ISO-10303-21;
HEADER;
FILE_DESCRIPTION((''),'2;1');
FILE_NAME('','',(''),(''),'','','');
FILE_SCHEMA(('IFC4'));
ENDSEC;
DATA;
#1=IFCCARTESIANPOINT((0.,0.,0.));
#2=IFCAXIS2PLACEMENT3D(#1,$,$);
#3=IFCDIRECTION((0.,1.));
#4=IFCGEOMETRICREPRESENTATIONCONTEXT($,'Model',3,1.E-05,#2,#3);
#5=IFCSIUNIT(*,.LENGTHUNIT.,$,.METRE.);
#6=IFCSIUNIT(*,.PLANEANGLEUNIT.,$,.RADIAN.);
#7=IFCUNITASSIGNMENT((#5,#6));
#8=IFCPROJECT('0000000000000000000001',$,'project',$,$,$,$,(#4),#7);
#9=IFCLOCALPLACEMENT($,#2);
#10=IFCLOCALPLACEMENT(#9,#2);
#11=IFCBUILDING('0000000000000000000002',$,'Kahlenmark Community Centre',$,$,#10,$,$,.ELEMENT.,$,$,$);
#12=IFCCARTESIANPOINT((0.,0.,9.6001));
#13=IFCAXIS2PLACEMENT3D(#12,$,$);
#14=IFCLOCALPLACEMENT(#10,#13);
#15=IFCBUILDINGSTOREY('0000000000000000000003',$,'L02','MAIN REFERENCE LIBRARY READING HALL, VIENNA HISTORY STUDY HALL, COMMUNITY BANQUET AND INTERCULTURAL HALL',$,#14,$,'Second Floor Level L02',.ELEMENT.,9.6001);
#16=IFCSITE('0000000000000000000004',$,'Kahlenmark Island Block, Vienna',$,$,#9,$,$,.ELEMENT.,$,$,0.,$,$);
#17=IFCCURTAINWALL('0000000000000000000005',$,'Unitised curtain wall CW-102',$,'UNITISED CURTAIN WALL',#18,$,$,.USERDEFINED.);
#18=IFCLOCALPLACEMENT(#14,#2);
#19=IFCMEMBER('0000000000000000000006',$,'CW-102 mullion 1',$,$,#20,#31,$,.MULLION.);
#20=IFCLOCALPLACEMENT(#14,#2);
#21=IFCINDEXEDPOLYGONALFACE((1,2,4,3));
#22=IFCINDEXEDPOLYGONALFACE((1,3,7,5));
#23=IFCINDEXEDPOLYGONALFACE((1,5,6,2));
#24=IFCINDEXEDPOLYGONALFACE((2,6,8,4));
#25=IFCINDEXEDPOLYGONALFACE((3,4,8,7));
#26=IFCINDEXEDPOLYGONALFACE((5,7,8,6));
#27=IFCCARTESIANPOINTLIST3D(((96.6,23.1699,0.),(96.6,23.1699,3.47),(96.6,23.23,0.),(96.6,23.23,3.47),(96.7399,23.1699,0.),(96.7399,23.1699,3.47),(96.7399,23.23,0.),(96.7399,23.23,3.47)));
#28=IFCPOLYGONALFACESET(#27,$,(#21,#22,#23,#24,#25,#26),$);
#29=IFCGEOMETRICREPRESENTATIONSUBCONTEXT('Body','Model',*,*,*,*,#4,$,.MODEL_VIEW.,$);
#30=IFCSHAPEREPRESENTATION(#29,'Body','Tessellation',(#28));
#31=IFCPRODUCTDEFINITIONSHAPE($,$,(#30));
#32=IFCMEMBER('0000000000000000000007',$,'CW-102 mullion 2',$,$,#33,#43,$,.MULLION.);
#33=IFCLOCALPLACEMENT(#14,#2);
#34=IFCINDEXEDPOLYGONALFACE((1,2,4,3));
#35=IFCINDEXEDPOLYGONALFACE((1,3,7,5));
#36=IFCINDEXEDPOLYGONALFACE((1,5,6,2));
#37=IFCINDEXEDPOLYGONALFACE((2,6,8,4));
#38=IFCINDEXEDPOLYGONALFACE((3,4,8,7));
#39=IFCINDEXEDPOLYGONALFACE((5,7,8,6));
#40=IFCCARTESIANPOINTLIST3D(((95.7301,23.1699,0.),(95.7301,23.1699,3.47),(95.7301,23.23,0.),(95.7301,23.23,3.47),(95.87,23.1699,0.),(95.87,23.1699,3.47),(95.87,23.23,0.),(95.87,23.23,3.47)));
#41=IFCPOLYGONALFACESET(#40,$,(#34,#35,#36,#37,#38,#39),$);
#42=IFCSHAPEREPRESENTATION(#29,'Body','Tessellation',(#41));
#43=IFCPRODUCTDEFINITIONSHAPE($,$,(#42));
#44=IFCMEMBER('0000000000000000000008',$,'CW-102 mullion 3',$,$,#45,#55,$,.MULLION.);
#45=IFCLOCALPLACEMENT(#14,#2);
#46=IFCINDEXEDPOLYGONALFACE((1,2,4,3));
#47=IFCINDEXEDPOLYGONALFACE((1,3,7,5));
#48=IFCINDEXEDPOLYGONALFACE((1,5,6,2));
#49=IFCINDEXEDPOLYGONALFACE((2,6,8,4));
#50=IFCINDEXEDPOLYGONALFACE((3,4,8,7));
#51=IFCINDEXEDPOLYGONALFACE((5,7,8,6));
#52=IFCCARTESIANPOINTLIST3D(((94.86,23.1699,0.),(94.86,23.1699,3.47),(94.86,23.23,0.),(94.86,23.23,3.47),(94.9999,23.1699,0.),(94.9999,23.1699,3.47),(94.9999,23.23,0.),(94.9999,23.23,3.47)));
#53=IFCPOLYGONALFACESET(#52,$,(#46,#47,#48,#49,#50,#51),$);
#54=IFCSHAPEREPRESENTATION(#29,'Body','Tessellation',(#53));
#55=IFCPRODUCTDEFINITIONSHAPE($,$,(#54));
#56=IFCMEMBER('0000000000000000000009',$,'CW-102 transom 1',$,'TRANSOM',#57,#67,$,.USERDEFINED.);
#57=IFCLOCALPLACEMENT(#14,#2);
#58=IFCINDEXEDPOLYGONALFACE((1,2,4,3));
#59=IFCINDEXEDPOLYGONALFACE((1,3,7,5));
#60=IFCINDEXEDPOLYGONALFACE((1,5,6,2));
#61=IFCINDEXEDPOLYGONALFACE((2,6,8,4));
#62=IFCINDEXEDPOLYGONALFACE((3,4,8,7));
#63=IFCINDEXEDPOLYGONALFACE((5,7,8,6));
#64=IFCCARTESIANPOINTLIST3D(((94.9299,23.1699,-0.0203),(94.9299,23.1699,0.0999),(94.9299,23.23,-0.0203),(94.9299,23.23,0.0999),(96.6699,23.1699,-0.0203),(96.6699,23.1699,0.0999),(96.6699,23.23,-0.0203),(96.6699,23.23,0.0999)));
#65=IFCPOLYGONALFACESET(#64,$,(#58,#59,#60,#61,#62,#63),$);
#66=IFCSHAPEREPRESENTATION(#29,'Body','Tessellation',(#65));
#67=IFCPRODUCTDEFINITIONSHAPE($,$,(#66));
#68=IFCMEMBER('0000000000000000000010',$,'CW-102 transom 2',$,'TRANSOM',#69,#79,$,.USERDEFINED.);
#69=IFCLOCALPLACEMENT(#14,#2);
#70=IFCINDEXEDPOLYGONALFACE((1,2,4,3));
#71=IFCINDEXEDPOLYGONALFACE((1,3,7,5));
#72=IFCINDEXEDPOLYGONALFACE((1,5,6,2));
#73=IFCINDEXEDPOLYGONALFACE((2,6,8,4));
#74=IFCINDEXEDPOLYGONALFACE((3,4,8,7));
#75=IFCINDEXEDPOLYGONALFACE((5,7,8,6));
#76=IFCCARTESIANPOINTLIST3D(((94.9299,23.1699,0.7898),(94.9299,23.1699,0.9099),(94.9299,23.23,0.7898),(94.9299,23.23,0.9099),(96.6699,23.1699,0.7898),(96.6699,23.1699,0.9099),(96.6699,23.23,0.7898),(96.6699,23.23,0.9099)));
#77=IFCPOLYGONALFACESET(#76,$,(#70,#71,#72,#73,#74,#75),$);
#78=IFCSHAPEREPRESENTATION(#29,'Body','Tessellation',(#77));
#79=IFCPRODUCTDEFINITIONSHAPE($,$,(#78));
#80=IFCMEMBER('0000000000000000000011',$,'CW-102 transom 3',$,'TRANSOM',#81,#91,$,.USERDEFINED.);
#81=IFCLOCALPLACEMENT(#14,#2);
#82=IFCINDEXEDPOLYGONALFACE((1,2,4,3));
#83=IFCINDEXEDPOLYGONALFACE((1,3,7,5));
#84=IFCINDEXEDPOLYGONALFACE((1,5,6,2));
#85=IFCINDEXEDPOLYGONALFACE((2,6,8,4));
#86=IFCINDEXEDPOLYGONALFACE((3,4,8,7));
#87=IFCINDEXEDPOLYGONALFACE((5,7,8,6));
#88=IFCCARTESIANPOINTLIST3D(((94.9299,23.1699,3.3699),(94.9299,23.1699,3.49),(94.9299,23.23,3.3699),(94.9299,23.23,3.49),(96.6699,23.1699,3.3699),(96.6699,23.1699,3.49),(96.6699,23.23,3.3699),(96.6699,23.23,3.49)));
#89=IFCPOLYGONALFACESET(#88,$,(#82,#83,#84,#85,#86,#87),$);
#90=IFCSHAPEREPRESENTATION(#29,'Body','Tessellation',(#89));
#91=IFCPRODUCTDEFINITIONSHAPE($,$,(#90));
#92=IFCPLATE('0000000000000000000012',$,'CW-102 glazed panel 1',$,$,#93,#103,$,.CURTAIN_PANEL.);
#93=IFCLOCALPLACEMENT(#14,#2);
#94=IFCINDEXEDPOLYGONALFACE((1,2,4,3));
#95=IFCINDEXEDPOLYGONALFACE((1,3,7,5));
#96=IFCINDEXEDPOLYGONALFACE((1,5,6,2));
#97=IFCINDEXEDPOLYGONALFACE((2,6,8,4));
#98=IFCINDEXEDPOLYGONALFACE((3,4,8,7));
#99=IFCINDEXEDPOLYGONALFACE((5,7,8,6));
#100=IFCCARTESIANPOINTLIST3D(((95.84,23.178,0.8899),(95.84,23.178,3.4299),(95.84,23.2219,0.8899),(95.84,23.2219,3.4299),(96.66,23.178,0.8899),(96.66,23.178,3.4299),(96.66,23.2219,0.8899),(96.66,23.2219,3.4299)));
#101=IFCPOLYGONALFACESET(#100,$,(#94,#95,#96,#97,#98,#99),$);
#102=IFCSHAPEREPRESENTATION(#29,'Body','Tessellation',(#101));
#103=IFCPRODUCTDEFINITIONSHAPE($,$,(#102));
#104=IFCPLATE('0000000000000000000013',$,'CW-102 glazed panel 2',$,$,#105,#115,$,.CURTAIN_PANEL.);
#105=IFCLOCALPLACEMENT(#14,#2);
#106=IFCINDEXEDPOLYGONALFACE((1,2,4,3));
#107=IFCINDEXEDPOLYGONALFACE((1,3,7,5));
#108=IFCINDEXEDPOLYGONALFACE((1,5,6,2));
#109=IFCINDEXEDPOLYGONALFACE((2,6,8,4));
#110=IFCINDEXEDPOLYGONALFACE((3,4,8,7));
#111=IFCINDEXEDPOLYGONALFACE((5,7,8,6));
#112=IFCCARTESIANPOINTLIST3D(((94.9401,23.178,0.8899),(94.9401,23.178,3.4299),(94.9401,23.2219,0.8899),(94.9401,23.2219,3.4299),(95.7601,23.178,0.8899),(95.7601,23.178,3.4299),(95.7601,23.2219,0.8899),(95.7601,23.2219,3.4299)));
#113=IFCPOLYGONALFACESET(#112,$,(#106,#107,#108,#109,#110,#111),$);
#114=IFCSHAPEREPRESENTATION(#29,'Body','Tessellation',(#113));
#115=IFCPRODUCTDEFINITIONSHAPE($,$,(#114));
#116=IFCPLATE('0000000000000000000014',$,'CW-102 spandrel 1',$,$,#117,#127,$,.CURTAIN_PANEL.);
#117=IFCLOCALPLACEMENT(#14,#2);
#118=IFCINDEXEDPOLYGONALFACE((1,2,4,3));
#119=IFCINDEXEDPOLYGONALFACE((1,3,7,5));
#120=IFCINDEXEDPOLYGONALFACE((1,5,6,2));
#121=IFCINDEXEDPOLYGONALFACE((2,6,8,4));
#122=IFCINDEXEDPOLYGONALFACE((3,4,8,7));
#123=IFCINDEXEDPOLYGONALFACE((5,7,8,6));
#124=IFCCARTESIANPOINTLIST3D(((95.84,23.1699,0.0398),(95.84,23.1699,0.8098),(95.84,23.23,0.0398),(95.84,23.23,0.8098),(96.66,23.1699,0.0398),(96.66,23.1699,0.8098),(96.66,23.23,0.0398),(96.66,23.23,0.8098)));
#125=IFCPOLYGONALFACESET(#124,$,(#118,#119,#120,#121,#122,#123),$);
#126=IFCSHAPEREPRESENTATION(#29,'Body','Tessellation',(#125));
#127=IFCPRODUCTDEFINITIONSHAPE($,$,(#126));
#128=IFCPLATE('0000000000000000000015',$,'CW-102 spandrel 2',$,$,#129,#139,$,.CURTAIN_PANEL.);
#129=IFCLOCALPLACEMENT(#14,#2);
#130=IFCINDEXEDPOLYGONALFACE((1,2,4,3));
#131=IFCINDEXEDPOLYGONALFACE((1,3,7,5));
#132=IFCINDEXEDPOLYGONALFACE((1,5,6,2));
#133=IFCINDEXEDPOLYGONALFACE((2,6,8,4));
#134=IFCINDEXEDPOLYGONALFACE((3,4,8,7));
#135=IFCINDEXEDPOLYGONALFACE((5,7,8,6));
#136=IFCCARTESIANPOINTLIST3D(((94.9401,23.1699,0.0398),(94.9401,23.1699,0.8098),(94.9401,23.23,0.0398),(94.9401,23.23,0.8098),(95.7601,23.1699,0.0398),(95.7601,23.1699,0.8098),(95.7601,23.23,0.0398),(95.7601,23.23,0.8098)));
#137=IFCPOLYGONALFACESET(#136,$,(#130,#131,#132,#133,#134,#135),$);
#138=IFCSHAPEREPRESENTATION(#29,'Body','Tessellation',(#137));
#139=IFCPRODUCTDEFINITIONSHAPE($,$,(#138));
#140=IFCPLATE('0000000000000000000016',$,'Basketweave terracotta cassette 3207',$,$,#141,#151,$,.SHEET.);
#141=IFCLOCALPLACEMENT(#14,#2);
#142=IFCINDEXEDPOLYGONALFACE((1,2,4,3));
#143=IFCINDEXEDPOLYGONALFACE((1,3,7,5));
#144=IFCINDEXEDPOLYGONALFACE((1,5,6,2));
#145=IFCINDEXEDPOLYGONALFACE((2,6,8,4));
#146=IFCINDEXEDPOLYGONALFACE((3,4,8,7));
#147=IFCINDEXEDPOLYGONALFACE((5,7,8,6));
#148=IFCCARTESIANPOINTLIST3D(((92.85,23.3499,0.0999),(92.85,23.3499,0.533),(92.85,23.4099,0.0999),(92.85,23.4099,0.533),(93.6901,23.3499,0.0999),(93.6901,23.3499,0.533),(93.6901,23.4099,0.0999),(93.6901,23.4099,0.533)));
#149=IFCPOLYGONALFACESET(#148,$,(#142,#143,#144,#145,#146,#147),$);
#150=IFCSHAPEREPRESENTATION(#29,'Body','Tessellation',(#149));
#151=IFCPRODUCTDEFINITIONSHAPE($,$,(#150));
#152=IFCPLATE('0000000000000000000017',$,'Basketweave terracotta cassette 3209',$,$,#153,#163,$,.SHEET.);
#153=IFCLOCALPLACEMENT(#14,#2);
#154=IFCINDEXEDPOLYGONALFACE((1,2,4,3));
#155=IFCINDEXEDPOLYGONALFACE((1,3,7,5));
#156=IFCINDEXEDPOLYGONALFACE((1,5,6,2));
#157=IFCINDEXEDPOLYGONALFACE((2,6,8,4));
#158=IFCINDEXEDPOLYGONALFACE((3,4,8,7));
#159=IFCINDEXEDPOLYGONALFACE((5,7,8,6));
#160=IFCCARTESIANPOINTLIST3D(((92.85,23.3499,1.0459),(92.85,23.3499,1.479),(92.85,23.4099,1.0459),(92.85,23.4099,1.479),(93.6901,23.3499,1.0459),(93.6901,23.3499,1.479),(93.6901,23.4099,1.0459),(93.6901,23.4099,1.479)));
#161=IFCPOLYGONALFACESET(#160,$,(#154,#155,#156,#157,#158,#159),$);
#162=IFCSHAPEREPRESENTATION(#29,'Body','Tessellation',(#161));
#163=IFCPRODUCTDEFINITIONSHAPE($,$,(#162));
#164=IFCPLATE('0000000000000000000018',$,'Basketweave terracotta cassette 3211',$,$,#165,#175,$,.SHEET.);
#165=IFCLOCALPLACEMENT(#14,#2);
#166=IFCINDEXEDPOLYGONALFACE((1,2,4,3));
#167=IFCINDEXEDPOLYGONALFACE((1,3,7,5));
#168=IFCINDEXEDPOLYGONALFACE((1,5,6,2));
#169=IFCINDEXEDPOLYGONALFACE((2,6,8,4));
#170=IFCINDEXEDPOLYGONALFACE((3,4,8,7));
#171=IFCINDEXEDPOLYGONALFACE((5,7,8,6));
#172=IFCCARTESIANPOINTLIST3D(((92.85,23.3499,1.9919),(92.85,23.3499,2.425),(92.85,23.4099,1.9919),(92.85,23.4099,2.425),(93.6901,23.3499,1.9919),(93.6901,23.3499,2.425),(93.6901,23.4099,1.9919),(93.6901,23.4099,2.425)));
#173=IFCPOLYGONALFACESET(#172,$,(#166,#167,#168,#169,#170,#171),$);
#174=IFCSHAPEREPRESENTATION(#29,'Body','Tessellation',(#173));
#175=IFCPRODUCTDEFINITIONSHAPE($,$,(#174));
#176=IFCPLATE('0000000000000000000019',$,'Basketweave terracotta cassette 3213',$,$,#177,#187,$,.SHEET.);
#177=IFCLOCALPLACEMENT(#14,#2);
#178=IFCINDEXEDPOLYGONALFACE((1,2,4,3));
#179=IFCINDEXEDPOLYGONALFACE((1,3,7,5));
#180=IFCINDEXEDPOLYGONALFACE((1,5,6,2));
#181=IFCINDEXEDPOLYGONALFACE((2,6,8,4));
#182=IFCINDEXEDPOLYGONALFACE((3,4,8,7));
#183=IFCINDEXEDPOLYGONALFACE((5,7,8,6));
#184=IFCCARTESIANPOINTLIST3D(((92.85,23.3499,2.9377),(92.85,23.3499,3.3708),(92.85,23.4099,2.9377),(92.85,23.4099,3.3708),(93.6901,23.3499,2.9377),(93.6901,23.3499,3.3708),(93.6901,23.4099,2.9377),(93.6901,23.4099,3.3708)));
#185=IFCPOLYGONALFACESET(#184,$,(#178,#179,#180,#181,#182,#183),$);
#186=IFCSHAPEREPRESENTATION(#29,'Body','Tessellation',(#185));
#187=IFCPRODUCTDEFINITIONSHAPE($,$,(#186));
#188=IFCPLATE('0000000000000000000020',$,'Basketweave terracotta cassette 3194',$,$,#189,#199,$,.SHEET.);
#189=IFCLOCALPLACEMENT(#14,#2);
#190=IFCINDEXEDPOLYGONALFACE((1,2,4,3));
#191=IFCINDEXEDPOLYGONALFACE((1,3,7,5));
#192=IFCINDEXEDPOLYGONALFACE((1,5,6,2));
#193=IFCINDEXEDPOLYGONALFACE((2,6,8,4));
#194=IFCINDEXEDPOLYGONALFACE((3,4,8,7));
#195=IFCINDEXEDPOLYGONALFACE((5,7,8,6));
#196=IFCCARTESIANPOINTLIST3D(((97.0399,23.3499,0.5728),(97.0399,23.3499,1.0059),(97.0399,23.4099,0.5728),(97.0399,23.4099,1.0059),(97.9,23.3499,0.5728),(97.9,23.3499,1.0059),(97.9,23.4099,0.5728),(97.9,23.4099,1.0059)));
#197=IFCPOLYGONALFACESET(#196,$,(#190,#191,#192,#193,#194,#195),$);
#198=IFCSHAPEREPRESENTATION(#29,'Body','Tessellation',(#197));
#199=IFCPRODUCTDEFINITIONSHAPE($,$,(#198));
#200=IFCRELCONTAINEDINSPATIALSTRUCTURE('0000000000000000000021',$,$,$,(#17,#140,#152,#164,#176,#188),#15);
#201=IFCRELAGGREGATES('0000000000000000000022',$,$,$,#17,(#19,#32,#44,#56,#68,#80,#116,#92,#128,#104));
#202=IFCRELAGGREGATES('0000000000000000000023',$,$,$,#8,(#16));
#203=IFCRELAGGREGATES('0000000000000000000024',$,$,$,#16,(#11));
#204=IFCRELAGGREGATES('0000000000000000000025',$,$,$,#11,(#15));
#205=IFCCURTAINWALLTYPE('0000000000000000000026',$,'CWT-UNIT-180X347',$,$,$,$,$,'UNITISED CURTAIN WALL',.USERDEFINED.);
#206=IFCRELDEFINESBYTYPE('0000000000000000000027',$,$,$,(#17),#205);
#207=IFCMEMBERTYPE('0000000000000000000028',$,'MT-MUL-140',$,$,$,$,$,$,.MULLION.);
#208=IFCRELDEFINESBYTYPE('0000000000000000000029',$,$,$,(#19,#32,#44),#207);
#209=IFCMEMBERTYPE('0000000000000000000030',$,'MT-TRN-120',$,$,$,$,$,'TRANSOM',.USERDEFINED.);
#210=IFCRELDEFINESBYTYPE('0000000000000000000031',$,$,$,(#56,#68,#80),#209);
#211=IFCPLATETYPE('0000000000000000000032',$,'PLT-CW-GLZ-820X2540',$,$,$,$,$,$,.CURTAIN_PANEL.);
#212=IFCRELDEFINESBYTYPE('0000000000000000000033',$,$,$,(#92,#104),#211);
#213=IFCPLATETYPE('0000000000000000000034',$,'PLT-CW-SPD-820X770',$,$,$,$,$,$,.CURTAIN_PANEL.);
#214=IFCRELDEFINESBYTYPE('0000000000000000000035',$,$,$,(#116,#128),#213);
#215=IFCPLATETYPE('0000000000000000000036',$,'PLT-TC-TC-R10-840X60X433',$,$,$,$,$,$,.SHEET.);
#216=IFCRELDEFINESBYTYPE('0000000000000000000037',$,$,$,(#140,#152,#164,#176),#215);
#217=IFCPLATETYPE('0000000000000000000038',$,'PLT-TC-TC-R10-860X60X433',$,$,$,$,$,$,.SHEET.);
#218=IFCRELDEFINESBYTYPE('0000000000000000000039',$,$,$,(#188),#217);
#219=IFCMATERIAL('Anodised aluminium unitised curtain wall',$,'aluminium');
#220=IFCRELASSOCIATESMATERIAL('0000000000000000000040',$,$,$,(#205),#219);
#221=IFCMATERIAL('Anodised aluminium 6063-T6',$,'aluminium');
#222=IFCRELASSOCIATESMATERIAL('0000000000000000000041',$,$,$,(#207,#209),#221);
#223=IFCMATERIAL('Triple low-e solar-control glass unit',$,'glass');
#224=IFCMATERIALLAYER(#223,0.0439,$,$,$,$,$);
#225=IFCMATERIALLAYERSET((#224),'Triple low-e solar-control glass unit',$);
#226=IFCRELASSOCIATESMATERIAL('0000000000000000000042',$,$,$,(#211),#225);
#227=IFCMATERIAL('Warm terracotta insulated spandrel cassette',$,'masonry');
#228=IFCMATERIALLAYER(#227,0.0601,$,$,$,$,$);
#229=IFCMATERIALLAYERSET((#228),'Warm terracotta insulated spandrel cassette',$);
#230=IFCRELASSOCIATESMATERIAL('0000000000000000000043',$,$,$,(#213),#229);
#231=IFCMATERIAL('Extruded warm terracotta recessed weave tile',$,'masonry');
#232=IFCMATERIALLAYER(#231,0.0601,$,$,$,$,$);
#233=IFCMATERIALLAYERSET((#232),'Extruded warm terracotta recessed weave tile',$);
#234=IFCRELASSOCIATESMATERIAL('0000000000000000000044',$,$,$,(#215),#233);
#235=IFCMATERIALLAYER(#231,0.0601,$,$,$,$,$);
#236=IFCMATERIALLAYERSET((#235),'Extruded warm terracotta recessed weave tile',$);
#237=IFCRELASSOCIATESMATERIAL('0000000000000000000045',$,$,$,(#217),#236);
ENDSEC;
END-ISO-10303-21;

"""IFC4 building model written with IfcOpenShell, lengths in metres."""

from ifc_helpers import new_model, si_unit, direction, frame, origin, origin_2d, place, context, subcontext, project, spatial, rectangle, extrude, material, layer, layer_set, material_profile, profile_set, type_object, element, aggregate, save


model = new_model("IFC4")

# Units and contexts
model_context = context("Model", 3, precision=1e-05, world=origin(), true_north=direction((0.0, 1.0)))
body_context = subcontext(model_context, "Body", "Model", "MODEL_VIEW")
ifc_project = project(units=[si_unit("LENGTHUNIT", "METRE"), si_unit("PLANEANGLEUNIT", "RADIAN")], contexts=[model_context])

# Site, building, storey
site_placement = place(None, origin())
site = spatial("IfcSite", under=ifc_project, at=site_placement, Name="Kahlenmark Island Block, Vienna", CompositionType="ELEMENT", RefElevation=0.0)
building_placement = place(site_placement, origin())
building = spatial("IfcBuilding", under=site, at=building_placement, Name="Kahlenmark Community Centre", CompositionType="ELEMENT")
storey_placement = place(building_placement, frame((0.0, 0.0, 9.6001)))
storey = spatial("IfcBuildingStorey", under=building, at=storey_placement, Name="L02", Description="MAIN REFERENCE LIBRARY READING HALL, VIENNA HISTORY STUDY HALL, COMMUNITY BANQUET AND INTERCULTURAL HALL", LongName="Second Floor Level L02", CompositionType="ELEMENT", Elevation=9.6001)

# Curtain wall, members, plates
ifc_material_1 = material(Name="Anodised aluminium unitised curtain wall", Category="aluminium")
curtain_wall_type = type_object("IfcCurtainWallType", Name="CWT-UNIT-180X347", ElementType="UNITISED CURTAIN WALL", PredefinedType="USERDEFINED", material=ifc_material_1)
curtain_wall_placement = place(storey_placement, origin())
curtain_wall = element("IfcCurtainWall", 1, at=curtain_wall_placement, inside=storey, type_object=curtain_wall_type, Name="Unitised curtain wall CW-102", ObjectType="UNITISED CURTAIN WALL", PredefinedType="USERDEFINED")
ifc_material_2 = material(Name="Anodised aluminium 6063-T6", Category="aluminium")
ifc_material_profile_1 = material_profile(ifc_material_2, rectangle(XDim=0.0601, YDim=0.1399, at=origin_2d()), Name="ALU MULLION 60x140")
ifc_profile_set_1 = profile_set([ifc_material_profile_1], Name="Anodised aluminium 6063-T6")
member_type_1 = type_object("IfcMemberType", Name="MT-MUL-140", PredefinedType="MULLION", material=ifc_profile_set_1)
member_1_placement = place(storey_placement, frame((96.6699, 23.2, 0.0), z_axis=(0.0, 0.0, 1.0), x_axis=(0.0, -1.0, 0.0)))
member_1 = element("IfcMember", 2, at=member_1_placement, type_object=member_type_1, Name="CW-102 mullion 1", PredefinedType="MULLION", context=body_context, shape_type="SweptSolid", body=[
    extrude(rectangle(XDim=0.0601, YDim=0.1399, at=origin_2d()), origin(), (0.0, 0.0, 1.0), 3.47),
])
member_2_placement = place(storey_placement, frame((95.8, 23.2, 0.0), z_axis=(0.0, 0.0, 1.0), x_axis=(0.0, -1.0, 0.0)))
member_2 = element("IfcMember", 3, at=member_2_placement, type_object=member_type_1, Name="CW-102 mullion 2", PredefinedType="MULLION", context=body_context, shape_type="SweptSolid", body=[
    extrude(rectangle(XDim=0.0601, YDim=0.1399, at=origin_2d()), origin(), (0.0, 0.0, 1.0), 3.47),
])
member_3_placement = place(storey_placement, frame((94.9299, 23.2, 0.0), z_axis=(0.0, 0.0, 1.0), x_axis=(0.0, -1.0, 0.0)))
member_3 = element("IfcMember", 4, at=member_3_placement, type_object=member_type_1, Name="CW-102 mullion 3", PredefinedType="MULLION", context=body_context, shape_type="SweptSolid", body=[
    extrude(rectangle(XDim=0.0601, YDim=0.1399, at=origin_2d()), origin(), (0.0, 0.0, 1.0), 3.47),
])
ifc_material_profile_2 = material_profile(ifc_material_2, rectangle(XDim=0.0601, YDim=0.1201, at=origin_2d()), Name="ALU TRANSOM 60x120")
ifc_profile_set_2 = profile_set([ifc_material_profile_2], Name="Anodised aluminium 6063-T6")
member_type_2 = type_object("IfcMemberType", Name="MT-TRN-120", ElementType="TRANSOM", PredefinedType="USERDEFINED", material=ifc_profile_set_2)
member_4_placement = place(storey_placement, frame((96.6699, 23.2, 0.0398), z_axis=(-1.0, 0.0, 0.0), x_axis=(0.0, -1.0, 0.0)))
member_4 = element("IfcMember", 5, at=member_4_placement, type_object=member_type_2, Name="CW-102 transom 1", ObjectType="TRANSOM", PredefinedType="USERDEFINED", context=body_context, shape_type="SweptSolid", body=[
    extrude(rectangle(XDim=0.0601, YDim=0.1201, at=origin_2d()), origin(), (0.0, 0.0, 1.0), 1.74),
])
member_5_placement = place(storey_placement, frame((96.6699, 23.2, 0.8499), z_axis=(-1.0, 0.0, 0.0), x_axis=(0.0, -1.0, 0.0)))
member_5 = element("IfcMember", 6, at=member_5_placement, type_object=member_type_2, Name="CW-102 transom 2", ObjectType="TRANSOM", PredefinedType="USERDEFINED", context=body_context, shape_type="SweptSolid", body=[
    extrude(rectangle(XDim=0.0601, YDim=0.1201, at=origin_2d()), origin(), (0.0, 0.0, 1.0), 1.74),
])
member_6_placement = place(storey_placement, frame((96.6699, 23.2, 3.4299), z_axis=(-1.0, 0.0, 0.0), x_axis=(0.0, -1.0, 0.0)))
member_6 = element("IfcMember", 7, at=member_6_placement, type_object=member_type_2, Name="CW-102 transom 3", ObjectType="TRANSOM", PredefinedType="USERDEFINED", context=body_context, shape_type="SweptSolid", body=[
    extrude(rectangle(XDim=0.0601, YDim=0.1201, at=origin_2d()), origin(), (0.0, 0.0, 1.0), 1.74),
])
ifc_material_3 = material(Name="Triple low-e solar-control glass unit", Category="glass")
ifc_layer_1 = layer(ifc_material_3, 0.0439)
ifc_layer_set_1 = layer_set([ifc_layer_1], Name="Triple low-e solar-control glass unit")
plate_type_1 = type_object("IfcPlateType", Name="PLT-CW-GLZ-820X2540", PredefinedType="CURTAIN_PANEL", material=ifc_layer_set_1)
plate_1_placement = place(storey_placement, frame((96.25, 23.2, 0.8899), z_axis=(0.0, 0.0, 1.0), x_axis=(-1.0, 0.0, 0.0)))
plate_1 = element("IfcPlate", 8, at=plate_1_placement, type_object=plate_type_1, Name="CW-102 glazed panel 1", PredefinedType="CURTAIN_PANEL", context=body_context, shape_type="SweptSolid", body=[
    extrude(rectangle(XDim=0.8201, YDim=0.0439, at=origin_2d()), origin(), (0.0, 0.0, 1.0), 2.54),
])
plate_2_placement = place(storey_placement, frame((95.3501, 23.2, 0.8899), z_axis=(0.0, 0.0, 1.0), x_axis=(-1.0, 0.0, 0.0)))
plate_2 = element("IfcPlate", 9, at=plate_2_placement, type_object=plate_type_1, Name="CW-102 glazed panel 2", PredefinedType="CURTAIN_PANEL", context=body_context, shape_type="SweptSolid", body=[
    extrude(rectangle(XDim=0.8201, YDim=0.0439, at=origin_2d()), origin(), (0.0, 0.0, 1.0), 2.54),
])
ifc_material_4 = material(Name="Warm terracotta insulated spandrel cassette", Category="masonry")
ifc_layer_2 = layer(ifc_material_4, 0.0601)
ifc_layer_set_2 = layer_set([ifc_layer_2], Name="Warm terracotta insulated spandrel cassette")
plate_type_2 = type_object("IfcPlateType", Name="PLT-CW-SPD-820X770", PredefinedType="CURTAIN_PANEL", material=ifc_layer_set_2)
plate_3_placement = place(storey_placement, frame((96.25, 23.2, 0.0398), z_axis=(0.0, 0.0, 1.0), x_axis=(-1.0, 0.0, 0.0)))
plate_3 = element("IfcPlate", 10, at=plate_3_placement, type_object=plate_type_2, Name="CW-102 spandrel 1", PredefinedType="CURTAIN_PANEL", context=body_context, shape_type="SweptSolid", body=[
    extrude(rectangle(XDim=0.8201, YDim=0.0601, at=origin_2d()), origin(), (0.0, 0.0, 1.0), 0.77),
])
plate_4_placement = place(storey_placement, frame((95.3501, 23.2, 0.0398), z_axis=(0.0, 0.0, 1.0), x_axis=(-1.0, 0.0, 0.0)))
plate_4 = element("IfcPlate", 11, at=plate_4_placement, type_object=plate_type_2, Name="CW-102 spandrel 2", PredefinedType="CURTAIN_PANEL", context=body_context, shape_type="SweptSolid", body=[
    extrude(rectangle(XDim=0.8201, YDim=0.0601, at=origin_2d()), origin(), (0.0, 0.0, 1.0), 0.77),
])
aggregate(curtain_wall, [member_1, member_2, member_3, member_4, member_5, member_6, plate_3, plate_1, plate_4, plate_2])

# Plates
ifc_material_5 = material(Name="Extruded warm terracotta recessed weave tile", Category="masonry")
ifc_layer_3 = layer(ifc_material_5, 0.0601)
ifc_layer_set_3 = layer_set([ifc_layer_3], Name="Extruded warm terracotta recessed weave tile")
plate_type_3 = type_object("IfcPlateType", Name="PLT-TC-TC-R10-840X60X433", PredefinedType="SHEET", material=ifc_layer_set_3)
for number, where, z_axis, x_axis, name in (
    (12, (93.27, 23.3799, 0.0999), (0.0, 0.0, 1.0), (-1.0, 0.0, 0.0), "Basketweave terracotta cassette 3207"),
    (13, (93.27, 23.3799, 1.0459), (0.0, 0.0, 1.0), (-1.0, 0.0, 0.0), "Basketweave terracotta cassette 3209"),
    (14, (93.27, 23.3799, 1.9919), (0.0, 0.0, 1.0), (-1.0, 0.0, 0.0), "Basketweave terracotta cassette 3211"),
    (15, (93.27, 23.3799, 2.9377), (0.0, 0.0, 1.0), (-1.0, 0.0, 0.0), "Basketweave terracotta cassette 3213"),
):
    element("IfcPlate", number, at=place(storey_placement, frame(where, z_axis=z_axis, x_axis=x_axis)), inside=storey, type_object=plate_type_3, Name=name, PredefinedType="SHEET", context=body_context, shape_type="SweptSolid", body=[
        extrude(rectangle(XDim=0.8401, YDim=0.0601, at=origin_2d()), origin(), (0.0, 0.0, 1.0), 0.4331),
    ])
ifc_layer_4 = layer(ifc_material_5, 0.0601)
ifc_layer_set_4 = layer_set([ifc_layer_4], Name="Extruded warm terracotta recessed weave tile")
plate_type_4 = type_object("IfcPlateType", Name="PLT-TC-TC-R10-860X60X433", PredefinedType="SHEET", material=ifc_layer_set_4)
for number, where, z_axis, x_axis, name in (
    (16, (97.47, 23.3799, 0.5728), (0.0, 0.0, 1.0), (-1.0, 0.0, 0.0), "Basketweave terracotta cassette 3194"),
):
    element("IfcPlate", number, at=place(storey_placement, frame(where, z_axis=z_axis, x_axis=x_axis)), inside=storey, type_object=plate_type_4, Name=name, PredefinedType="SHEET", context=body_context, shape_type="SweptSolid", body=[
        extrude(rectangle(XDim=0.8601, YDim=0.0601, at=origin_2d()), origin(), (0.0, 0.0, 1.0), 0.4331),
    ])

save(model, "model.ifc")
